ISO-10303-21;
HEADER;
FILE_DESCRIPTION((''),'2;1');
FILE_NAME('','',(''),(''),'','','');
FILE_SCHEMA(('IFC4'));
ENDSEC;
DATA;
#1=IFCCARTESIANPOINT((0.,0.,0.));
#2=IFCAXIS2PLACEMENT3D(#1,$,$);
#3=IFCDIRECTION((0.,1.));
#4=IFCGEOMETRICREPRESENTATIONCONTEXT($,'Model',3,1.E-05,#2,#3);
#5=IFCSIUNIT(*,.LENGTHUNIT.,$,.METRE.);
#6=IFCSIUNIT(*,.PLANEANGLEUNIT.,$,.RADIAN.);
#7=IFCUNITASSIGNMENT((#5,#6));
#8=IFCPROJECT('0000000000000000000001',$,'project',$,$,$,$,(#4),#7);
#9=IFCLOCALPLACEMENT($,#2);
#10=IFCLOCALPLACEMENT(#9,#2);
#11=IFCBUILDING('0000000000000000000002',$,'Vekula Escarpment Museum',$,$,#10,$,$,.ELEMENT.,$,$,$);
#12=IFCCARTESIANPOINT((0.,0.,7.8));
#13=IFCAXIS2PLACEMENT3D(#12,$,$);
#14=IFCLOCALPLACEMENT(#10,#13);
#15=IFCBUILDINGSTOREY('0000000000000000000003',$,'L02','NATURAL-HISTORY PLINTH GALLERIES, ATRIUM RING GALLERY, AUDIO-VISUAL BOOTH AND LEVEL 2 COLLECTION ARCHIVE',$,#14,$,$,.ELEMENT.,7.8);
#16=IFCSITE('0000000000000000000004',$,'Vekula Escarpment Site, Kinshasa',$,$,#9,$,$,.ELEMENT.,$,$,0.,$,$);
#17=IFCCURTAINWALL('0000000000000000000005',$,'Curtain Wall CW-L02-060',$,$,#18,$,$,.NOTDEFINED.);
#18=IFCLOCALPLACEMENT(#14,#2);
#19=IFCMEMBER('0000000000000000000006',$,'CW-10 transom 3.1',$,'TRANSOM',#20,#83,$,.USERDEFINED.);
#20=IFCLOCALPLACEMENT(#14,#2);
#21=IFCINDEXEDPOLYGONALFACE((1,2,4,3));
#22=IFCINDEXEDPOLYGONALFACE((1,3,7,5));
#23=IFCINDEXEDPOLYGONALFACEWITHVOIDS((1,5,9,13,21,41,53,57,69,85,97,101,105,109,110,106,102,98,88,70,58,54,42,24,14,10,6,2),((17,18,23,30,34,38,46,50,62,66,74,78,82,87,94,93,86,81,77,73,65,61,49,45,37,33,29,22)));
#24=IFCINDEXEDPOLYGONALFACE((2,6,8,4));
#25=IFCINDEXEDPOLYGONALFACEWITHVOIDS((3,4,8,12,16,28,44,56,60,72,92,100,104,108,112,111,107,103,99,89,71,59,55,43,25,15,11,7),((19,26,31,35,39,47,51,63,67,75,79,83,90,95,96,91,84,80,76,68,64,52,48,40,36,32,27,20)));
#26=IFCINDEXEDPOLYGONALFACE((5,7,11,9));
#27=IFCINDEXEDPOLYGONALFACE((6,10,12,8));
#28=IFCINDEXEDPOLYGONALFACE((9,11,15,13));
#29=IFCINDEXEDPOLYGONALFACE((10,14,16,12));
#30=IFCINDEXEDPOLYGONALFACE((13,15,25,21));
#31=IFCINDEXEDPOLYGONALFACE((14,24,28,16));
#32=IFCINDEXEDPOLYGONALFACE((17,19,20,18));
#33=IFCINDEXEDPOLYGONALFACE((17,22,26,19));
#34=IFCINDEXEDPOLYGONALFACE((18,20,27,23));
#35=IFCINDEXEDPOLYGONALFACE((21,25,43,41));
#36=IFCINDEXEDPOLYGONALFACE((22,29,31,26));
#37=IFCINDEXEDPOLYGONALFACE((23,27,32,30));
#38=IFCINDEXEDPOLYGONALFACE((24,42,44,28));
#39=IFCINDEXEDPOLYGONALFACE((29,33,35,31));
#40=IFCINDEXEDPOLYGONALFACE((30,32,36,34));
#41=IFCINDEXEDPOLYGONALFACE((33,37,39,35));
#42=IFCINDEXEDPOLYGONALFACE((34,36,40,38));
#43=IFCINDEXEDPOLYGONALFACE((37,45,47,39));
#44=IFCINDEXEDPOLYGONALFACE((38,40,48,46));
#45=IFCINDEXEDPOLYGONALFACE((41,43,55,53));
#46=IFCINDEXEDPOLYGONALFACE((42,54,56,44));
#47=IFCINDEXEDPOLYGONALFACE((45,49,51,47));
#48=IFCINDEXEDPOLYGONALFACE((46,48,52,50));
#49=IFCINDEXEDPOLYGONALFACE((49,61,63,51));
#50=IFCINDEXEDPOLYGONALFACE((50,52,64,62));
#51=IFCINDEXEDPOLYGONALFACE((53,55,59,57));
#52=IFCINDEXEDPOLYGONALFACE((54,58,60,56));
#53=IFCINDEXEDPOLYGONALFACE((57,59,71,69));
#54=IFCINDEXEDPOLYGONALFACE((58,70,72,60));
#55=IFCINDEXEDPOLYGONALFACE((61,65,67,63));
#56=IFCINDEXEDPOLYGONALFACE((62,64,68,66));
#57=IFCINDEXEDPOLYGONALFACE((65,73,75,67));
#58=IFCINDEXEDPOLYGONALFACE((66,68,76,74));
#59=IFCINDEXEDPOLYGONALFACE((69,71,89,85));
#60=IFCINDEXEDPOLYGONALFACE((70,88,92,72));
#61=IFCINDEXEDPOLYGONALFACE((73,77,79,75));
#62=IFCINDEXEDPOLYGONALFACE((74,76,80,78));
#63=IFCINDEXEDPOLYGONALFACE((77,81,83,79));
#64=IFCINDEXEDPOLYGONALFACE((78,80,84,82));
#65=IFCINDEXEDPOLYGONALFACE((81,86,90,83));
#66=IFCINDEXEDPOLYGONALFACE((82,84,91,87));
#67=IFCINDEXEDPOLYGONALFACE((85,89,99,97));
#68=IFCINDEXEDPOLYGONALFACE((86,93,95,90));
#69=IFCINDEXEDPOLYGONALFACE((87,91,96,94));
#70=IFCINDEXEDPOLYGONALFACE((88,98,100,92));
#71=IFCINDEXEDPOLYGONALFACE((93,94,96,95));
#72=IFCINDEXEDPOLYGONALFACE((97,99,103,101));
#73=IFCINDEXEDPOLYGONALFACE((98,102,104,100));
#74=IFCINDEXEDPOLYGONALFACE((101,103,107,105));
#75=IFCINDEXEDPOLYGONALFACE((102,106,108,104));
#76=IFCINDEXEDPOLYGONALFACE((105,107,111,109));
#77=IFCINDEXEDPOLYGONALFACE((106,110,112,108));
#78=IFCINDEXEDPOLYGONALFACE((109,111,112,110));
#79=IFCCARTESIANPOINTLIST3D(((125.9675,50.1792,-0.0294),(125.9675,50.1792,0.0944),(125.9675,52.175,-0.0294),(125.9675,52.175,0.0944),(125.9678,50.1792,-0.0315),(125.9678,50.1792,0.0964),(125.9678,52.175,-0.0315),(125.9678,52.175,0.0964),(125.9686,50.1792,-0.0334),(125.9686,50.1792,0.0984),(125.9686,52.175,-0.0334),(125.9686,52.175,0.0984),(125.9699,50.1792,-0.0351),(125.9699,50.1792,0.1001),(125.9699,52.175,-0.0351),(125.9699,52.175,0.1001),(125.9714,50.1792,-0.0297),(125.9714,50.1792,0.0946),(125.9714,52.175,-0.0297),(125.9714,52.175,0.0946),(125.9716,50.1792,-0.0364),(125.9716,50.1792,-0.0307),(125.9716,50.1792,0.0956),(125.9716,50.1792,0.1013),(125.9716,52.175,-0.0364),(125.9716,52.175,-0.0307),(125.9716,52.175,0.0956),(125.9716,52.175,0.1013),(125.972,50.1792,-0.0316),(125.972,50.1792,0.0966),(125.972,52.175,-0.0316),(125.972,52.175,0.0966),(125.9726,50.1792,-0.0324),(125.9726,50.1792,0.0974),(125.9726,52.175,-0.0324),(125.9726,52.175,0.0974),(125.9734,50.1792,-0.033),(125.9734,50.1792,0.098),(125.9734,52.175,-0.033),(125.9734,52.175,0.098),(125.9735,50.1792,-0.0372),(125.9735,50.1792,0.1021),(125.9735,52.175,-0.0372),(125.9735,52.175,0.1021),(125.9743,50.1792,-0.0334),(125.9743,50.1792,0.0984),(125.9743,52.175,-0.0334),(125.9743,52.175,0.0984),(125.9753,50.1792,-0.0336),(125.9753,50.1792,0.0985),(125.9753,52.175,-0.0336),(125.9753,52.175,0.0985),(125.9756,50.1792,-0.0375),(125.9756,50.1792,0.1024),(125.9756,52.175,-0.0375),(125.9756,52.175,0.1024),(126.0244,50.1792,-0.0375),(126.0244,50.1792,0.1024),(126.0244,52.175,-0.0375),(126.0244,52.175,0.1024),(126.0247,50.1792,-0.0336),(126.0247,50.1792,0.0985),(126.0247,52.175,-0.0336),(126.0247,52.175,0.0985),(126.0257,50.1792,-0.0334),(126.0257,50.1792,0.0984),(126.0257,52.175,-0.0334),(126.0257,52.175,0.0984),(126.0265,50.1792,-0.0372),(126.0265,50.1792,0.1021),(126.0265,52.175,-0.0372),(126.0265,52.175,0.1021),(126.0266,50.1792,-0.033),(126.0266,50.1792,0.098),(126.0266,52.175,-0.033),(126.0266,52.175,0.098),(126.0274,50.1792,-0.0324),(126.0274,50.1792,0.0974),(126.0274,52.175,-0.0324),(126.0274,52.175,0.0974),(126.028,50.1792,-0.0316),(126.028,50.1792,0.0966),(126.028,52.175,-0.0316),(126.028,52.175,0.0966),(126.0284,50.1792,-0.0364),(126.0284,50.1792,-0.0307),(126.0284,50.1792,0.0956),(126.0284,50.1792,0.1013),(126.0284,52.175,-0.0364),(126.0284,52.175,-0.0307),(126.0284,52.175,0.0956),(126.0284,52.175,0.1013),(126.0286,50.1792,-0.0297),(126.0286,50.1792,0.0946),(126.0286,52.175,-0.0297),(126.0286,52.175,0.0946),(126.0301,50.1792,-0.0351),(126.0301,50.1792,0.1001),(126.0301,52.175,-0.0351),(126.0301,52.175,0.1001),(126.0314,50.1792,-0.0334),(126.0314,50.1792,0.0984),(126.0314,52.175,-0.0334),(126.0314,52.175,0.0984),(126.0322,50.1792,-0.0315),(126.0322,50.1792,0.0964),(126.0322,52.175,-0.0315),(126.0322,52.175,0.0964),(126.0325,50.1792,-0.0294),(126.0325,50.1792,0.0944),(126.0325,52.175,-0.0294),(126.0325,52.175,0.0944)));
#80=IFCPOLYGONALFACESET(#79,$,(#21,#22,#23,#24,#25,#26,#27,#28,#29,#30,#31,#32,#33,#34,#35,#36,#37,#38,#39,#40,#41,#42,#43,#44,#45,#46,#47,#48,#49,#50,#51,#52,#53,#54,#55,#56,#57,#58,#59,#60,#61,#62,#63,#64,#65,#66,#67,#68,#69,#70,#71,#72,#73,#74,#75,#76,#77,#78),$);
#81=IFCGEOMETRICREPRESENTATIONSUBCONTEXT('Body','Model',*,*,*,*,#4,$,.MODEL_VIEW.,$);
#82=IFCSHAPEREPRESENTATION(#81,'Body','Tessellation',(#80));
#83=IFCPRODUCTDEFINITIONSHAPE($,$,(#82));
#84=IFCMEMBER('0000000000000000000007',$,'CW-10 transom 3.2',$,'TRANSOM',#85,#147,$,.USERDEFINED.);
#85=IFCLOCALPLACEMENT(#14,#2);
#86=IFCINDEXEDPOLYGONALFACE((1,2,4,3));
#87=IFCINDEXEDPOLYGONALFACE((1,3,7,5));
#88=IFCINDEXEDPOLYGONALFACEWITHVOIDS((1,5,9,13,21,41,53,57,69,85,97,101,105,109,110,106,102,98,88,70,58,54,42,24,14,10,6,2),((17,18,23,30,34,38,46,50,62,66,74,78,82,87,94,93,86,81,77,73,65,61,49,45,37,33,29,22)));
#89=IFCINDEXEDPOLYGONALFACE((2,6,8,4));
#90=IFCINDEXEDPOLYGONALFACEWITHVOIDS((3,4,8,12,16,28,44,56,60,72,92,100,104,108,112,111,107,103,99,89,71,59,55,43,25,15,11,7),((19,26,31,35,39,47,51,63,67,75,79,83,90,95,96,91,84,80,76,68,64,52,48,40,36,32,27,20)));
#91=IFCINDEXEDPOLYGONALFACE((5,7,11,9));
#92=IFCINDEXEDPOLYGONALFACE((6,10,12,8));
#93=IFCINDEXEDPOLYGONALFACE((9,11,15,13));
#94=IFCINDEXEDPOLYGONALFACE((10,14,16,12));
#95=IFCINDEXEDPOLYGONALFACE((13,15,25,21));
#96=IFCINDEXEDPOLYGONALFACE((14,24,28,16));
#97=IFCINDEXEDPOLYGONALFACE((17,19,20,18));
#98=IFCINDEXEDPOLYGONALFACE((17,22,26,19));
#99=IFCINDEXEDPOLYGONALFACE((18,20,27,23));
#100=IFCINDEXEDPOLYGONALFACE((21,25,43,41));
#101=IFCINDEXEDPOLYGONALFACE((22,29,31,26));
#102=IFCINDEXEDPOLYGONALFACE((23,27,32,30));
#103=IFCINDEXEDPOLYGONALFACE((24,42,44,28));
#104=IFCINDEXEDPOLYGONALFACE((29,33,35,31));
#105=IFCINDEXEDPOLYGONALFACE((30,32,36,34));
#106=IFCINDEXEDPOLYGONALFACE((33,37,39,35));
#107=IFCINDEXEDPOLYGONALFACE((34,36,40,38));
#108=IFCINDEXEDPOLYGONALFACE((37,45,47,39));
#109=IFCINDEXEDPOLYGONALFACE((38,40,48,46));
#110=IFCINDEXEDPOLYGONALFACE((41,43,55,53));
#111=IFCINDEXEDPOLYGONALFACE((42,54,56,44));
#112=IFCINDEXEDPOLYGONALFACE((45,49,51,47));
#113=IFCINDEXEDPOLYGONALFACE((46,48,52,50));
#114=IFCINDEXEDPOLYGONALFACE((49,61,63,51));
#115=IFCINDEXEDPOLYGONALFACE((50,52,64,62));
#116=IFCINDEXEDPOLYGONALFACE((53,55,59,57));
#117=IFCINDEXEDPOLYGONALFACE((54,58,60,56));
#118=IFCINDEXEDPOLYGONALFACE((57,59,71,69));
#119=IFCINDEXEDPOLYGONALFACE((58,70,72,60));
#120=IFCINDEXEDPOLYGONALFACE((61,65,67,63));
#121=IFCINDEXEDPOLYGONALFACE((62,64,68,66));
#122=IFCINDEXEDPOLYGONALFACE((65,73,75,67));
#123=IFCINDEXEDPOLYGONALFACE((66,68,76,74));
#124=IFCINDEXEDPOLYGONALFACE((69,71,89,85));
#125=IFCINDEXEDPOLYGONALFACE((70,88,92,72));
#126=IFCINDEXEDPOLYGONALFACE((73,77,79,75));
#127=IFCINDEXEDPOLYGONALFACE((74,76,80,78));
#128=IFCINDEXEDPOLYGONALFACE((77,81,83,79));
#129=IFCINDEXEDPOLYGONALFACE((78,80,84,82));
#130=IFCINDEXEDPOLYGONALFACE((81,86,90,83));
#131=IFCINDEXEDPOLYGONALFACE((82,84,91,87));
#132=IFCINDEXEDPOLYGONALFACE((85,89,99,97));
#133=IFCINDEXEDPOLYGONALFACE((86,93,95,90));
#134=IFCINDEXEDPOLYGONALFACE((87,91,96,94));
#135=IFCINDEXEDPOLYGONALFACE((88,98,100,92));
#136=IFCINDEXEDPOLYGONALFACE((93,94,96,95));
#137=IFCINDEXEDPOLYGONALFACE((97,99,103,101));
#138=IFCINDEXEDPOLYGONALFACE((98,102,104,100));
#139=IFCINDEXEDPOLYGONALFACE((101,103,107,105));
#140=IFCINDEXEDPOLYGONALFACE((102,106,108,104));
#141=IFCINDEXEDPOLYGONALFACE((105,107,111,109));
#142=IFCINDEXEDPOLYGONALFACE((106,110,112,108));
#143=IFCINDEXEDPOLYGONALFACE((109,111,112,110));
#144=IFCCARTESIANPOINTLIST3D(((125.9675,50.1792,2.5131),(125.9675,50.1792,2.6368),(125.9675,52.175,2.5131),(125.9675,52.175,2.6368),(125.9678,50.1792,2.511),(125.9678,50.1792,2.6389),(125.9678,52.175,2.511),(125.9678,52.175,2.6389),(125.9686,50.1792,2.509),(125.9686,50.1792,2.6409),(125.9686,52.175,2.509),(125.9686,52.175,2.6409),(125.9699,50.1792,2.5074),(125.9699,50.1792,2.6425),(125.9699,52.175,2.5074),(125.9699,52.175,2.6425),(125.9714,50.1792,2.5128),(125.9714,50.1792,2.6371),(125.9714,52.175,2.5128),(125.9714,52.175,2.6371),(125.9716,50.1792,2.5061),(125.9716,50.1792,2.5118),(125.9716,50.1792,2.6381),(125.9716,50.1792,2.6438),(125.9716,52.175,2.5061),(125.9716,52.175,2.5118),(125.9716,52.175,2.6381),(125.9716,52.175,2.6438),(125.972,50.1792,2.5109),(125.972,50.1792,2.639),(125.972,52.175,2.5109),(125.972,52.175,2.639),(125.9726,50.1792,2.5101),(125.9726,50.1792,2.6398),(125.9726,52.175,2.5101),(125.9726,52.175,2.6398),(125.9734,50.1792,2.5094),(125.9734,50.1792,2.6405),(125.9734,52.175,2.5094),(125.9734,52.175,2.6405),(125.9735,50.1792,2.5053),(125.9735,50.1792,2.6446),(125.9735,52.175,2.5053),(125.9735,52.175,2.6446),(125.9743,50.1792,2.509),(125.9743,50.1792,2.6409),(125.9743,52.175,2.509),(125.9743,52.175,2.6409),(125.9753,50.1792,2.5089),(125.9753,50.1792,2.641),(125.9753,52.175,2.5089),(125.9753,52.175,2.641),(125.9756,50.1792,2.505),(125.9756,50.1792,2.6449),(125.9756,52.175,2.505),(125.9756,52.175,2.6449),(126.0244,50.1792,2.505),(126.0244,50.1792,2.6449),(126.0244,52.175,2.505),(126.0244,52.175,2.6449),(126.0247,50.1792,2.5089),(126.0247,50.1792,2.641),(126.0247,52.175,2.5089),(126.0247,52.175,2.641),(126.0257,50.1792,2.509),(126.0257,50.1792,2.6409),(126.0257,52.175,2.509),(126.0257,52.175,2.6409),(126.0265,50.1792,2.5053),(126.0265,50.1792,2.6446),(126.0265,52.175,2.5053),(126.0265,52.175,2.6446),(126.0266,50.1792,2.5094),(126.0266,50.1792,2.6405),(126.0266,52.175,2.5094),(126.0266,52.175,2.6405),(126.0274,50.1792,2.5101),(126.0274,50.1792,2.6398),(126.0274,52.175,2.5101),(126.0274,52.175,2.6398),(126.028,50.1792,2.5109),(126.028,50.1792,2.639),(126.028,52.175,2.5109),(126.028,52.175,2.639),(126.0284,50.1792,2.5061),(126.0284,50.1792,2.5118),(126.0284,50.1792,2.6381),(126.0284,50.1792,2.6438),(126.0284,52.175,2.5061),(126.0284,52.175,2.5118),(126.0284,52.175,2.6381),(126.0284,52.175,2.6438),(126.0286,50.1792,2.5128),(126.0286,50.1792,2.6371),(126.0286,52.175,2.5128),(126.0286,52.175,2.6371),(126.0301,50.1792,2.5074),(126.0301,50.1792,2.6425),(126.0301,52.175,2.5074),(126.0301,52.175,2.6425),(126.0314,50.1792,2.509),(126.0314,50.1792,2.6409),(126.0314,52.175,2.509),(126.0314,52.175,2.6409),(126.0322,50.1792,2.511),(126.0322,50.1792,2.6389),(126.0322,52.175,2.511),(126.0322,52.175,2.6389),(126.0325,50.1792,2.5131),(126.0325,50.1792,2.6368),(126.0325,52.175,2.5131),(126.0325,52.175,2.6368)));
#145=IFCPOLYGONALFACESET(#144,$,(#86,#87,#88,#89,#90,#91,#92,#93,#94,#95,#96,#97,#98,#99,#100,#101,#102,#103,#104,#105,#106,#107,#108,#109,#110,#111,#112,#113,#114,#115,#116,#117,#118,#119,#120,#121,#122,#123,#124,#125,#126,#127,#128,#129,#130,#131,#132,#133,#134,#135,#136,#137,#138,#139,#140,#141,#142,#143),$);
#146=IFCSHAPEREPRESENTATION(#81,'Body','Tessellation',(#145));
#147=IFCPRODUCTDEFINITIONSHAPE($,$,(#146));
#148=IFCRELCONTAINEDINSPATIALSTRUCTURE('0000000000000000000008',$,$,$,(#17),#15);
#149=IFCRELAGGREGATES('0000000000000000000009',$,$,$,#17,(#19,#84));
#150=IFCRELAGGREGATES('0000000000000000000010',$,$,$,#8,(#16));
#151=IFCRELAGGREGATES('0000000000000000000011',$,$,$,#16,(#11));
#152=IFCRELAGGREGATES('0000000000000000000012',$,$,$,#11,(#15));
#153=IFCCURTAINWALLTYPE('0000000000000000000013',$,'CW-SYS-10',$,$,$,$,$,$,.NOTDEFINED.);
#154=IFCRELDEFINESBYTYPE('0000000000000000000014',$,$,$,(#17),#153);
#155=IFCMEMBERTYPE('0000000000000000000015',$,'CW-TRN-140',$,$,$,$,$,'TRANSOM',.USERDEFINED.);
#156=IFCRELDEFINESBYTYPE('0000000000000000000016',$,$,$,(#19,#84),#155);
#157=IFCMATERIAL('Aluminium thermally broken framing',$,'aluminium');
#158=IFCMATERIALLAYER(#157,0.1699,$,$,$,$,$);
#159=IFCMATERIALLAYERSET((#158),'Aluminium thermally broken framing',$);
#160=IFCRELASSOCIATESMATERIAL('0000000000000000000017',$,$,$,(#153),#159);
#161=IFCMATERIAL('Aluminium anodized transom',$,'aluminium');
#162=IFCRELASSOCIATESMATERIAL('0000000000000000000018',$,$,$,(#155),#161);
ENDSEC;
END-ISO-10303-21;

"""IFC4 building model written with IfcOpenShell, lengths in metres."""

from ifc_helpers import new_model, si_unit, direction, frame, origin, origin_2d, place, context, subcontext, project, spatial, hollow_rectangle, extrude, material, layer, layer_set, material_profile, profile_set, type_object, element, aggregate, save


model = new_model("IFC4")

# Units and contexts
model_context = context("Model", 3, precision=1e-05, world=origin(), true_north=direction((0.0, 1.0)))
body_context = subcontext(model_context, "Body", "Model", "MODEL_VIEW")
ifc_project = project(units=[si_unit("LENGTHUNIT", "METRE"), si_unit("PLANEANGLEUNIT", "RADIAN")], contexts=[model_context])

# Site, building, storey
site_placement = place(None, origin())
site = spatial("IfcSite", under=ifc_project, at=site_placement, Name="Vekula Escarpment Site, Kinshasa", CompositionType="ELEMENT", RefElevation=0.0)
building_placement = place(site_placement, origin())
building = spatial("IfcBuilding", under=site, at=building_placement, Name="Vekula Escarpment Museum", CompositionType="ELEMENT")
storey_placement = place(building_placement, frame((0.0, 0.0, 7.8)))
storey = spatial("IfcBuildingStorey", under=building, at=storey_placement, Name="L02", Description="NATURAL-HISTORY PLINTH GALLERIES, ATRIUM RING GALLERY, AUDIO-VISUAL BOOTH AND LEVEL 2 COLLECTION ARCHIVE", CompositionType="ELEMENT", Elevation=7.8)

# Curtain wall
ifc_material_1 = material(Name="Aluminium thermally broken framing", Category="aluminium")
ifc_layer_1 = layer(ifc_material_1, 0.1699)
ifc_layer_set_1 = layer_set([ifc_layer_1], Name="Aluminium thermally broken framing")
curtain_wall_type_1 = type_object("IfcCurtainWallType", Name="CW-SYS-10", PredefinedType="NOTDEFINED", material=ifc_layer_set_1)
curtain_wall_1_placement = place(storey_placement, origin())
curtain_wall_1 = element("IfcCurtainWall", 1, at=curtain_wall_1_placement, inside=storey, type_object=curtain_wall_type_1, Name="Curtain Wall CW-L02-060", PredefinedType="NOTDEFINED")

# Members
ifc_material_2 = material(Name="Aluminium anodized transom", Category="aluminium")
ifc_material_profile_1 = material_profile(ifc_material_2, hollow_rectangle(XDim=0.0649, YDim=0.1399, WallThickness=0.0039, InnerFilletRadius=0.0039, OuterFilletRadius=0.0081, at=origin_2d()), Name="ALU 140x65x4")
ifc_profile_set_1 = profile_set([ifc_material_profile_1], Name="Aluminium anodized transom")
member_type_1 = type_object("IfcMemberType", Name="CW-TRN-140", ElementType="TRANSOM", PredefinedType="USERDEFINED", material=ifc_profile_set_1)
member_1_placement = place(storey_placement, frame((126.0, 50.1792, 0.0325), z_axis=(0.0, 1.0, 0.0), x_axis=(-1.0, 0.0, 0.0)))
member_1 = element("IfcMember", 2, at=member_1_placement, type_object=member_type_1, Name="CW-10 transom 3.1", ObjectType="TRANSOM", PredefinedType="USERDEFINED", context=body_context, shape_type="SweptSolid", body=[
    extrude(hollow_rectangle(XDim=0.0649, YDim=0.1399, WallThickness=0.0039, InnerFilletRadius=0.0039, OuterFilletRadius=0.0081, at=origin_2d()), origin(), (0.0, 0.0, 1.0), 1.9958),
])
member_2_placement = place(storey_placement, frame((126.0, 50.1792, 2.575), z_axis=(0.0, 1.0, 0.0), x_axis=(-1.0, 0.0, 0.0)))
member_2 = element("IfcMember", 3, at=member_2_placement, type_object=member_type_1, Name="CW-10 transom 3.2", ObjectType="TRANSOM", PredefinedType="USERDEFINED", context=body_context, shape_type="SweptSolid", body=[
    extrude(hollow_rectangle(XDim=0.0649, YDim=0.1399, WallThickness=0.0039, InnerFilletRadius=0.0039, OuterFilletRadius=0.0081, at=origin_2d()), origin(), (0.0, 0.0, 1.0), 1.9958),
])

aggregate(curtain_wall_1, [member_1, member_2])

save(model, "model.ifc")
